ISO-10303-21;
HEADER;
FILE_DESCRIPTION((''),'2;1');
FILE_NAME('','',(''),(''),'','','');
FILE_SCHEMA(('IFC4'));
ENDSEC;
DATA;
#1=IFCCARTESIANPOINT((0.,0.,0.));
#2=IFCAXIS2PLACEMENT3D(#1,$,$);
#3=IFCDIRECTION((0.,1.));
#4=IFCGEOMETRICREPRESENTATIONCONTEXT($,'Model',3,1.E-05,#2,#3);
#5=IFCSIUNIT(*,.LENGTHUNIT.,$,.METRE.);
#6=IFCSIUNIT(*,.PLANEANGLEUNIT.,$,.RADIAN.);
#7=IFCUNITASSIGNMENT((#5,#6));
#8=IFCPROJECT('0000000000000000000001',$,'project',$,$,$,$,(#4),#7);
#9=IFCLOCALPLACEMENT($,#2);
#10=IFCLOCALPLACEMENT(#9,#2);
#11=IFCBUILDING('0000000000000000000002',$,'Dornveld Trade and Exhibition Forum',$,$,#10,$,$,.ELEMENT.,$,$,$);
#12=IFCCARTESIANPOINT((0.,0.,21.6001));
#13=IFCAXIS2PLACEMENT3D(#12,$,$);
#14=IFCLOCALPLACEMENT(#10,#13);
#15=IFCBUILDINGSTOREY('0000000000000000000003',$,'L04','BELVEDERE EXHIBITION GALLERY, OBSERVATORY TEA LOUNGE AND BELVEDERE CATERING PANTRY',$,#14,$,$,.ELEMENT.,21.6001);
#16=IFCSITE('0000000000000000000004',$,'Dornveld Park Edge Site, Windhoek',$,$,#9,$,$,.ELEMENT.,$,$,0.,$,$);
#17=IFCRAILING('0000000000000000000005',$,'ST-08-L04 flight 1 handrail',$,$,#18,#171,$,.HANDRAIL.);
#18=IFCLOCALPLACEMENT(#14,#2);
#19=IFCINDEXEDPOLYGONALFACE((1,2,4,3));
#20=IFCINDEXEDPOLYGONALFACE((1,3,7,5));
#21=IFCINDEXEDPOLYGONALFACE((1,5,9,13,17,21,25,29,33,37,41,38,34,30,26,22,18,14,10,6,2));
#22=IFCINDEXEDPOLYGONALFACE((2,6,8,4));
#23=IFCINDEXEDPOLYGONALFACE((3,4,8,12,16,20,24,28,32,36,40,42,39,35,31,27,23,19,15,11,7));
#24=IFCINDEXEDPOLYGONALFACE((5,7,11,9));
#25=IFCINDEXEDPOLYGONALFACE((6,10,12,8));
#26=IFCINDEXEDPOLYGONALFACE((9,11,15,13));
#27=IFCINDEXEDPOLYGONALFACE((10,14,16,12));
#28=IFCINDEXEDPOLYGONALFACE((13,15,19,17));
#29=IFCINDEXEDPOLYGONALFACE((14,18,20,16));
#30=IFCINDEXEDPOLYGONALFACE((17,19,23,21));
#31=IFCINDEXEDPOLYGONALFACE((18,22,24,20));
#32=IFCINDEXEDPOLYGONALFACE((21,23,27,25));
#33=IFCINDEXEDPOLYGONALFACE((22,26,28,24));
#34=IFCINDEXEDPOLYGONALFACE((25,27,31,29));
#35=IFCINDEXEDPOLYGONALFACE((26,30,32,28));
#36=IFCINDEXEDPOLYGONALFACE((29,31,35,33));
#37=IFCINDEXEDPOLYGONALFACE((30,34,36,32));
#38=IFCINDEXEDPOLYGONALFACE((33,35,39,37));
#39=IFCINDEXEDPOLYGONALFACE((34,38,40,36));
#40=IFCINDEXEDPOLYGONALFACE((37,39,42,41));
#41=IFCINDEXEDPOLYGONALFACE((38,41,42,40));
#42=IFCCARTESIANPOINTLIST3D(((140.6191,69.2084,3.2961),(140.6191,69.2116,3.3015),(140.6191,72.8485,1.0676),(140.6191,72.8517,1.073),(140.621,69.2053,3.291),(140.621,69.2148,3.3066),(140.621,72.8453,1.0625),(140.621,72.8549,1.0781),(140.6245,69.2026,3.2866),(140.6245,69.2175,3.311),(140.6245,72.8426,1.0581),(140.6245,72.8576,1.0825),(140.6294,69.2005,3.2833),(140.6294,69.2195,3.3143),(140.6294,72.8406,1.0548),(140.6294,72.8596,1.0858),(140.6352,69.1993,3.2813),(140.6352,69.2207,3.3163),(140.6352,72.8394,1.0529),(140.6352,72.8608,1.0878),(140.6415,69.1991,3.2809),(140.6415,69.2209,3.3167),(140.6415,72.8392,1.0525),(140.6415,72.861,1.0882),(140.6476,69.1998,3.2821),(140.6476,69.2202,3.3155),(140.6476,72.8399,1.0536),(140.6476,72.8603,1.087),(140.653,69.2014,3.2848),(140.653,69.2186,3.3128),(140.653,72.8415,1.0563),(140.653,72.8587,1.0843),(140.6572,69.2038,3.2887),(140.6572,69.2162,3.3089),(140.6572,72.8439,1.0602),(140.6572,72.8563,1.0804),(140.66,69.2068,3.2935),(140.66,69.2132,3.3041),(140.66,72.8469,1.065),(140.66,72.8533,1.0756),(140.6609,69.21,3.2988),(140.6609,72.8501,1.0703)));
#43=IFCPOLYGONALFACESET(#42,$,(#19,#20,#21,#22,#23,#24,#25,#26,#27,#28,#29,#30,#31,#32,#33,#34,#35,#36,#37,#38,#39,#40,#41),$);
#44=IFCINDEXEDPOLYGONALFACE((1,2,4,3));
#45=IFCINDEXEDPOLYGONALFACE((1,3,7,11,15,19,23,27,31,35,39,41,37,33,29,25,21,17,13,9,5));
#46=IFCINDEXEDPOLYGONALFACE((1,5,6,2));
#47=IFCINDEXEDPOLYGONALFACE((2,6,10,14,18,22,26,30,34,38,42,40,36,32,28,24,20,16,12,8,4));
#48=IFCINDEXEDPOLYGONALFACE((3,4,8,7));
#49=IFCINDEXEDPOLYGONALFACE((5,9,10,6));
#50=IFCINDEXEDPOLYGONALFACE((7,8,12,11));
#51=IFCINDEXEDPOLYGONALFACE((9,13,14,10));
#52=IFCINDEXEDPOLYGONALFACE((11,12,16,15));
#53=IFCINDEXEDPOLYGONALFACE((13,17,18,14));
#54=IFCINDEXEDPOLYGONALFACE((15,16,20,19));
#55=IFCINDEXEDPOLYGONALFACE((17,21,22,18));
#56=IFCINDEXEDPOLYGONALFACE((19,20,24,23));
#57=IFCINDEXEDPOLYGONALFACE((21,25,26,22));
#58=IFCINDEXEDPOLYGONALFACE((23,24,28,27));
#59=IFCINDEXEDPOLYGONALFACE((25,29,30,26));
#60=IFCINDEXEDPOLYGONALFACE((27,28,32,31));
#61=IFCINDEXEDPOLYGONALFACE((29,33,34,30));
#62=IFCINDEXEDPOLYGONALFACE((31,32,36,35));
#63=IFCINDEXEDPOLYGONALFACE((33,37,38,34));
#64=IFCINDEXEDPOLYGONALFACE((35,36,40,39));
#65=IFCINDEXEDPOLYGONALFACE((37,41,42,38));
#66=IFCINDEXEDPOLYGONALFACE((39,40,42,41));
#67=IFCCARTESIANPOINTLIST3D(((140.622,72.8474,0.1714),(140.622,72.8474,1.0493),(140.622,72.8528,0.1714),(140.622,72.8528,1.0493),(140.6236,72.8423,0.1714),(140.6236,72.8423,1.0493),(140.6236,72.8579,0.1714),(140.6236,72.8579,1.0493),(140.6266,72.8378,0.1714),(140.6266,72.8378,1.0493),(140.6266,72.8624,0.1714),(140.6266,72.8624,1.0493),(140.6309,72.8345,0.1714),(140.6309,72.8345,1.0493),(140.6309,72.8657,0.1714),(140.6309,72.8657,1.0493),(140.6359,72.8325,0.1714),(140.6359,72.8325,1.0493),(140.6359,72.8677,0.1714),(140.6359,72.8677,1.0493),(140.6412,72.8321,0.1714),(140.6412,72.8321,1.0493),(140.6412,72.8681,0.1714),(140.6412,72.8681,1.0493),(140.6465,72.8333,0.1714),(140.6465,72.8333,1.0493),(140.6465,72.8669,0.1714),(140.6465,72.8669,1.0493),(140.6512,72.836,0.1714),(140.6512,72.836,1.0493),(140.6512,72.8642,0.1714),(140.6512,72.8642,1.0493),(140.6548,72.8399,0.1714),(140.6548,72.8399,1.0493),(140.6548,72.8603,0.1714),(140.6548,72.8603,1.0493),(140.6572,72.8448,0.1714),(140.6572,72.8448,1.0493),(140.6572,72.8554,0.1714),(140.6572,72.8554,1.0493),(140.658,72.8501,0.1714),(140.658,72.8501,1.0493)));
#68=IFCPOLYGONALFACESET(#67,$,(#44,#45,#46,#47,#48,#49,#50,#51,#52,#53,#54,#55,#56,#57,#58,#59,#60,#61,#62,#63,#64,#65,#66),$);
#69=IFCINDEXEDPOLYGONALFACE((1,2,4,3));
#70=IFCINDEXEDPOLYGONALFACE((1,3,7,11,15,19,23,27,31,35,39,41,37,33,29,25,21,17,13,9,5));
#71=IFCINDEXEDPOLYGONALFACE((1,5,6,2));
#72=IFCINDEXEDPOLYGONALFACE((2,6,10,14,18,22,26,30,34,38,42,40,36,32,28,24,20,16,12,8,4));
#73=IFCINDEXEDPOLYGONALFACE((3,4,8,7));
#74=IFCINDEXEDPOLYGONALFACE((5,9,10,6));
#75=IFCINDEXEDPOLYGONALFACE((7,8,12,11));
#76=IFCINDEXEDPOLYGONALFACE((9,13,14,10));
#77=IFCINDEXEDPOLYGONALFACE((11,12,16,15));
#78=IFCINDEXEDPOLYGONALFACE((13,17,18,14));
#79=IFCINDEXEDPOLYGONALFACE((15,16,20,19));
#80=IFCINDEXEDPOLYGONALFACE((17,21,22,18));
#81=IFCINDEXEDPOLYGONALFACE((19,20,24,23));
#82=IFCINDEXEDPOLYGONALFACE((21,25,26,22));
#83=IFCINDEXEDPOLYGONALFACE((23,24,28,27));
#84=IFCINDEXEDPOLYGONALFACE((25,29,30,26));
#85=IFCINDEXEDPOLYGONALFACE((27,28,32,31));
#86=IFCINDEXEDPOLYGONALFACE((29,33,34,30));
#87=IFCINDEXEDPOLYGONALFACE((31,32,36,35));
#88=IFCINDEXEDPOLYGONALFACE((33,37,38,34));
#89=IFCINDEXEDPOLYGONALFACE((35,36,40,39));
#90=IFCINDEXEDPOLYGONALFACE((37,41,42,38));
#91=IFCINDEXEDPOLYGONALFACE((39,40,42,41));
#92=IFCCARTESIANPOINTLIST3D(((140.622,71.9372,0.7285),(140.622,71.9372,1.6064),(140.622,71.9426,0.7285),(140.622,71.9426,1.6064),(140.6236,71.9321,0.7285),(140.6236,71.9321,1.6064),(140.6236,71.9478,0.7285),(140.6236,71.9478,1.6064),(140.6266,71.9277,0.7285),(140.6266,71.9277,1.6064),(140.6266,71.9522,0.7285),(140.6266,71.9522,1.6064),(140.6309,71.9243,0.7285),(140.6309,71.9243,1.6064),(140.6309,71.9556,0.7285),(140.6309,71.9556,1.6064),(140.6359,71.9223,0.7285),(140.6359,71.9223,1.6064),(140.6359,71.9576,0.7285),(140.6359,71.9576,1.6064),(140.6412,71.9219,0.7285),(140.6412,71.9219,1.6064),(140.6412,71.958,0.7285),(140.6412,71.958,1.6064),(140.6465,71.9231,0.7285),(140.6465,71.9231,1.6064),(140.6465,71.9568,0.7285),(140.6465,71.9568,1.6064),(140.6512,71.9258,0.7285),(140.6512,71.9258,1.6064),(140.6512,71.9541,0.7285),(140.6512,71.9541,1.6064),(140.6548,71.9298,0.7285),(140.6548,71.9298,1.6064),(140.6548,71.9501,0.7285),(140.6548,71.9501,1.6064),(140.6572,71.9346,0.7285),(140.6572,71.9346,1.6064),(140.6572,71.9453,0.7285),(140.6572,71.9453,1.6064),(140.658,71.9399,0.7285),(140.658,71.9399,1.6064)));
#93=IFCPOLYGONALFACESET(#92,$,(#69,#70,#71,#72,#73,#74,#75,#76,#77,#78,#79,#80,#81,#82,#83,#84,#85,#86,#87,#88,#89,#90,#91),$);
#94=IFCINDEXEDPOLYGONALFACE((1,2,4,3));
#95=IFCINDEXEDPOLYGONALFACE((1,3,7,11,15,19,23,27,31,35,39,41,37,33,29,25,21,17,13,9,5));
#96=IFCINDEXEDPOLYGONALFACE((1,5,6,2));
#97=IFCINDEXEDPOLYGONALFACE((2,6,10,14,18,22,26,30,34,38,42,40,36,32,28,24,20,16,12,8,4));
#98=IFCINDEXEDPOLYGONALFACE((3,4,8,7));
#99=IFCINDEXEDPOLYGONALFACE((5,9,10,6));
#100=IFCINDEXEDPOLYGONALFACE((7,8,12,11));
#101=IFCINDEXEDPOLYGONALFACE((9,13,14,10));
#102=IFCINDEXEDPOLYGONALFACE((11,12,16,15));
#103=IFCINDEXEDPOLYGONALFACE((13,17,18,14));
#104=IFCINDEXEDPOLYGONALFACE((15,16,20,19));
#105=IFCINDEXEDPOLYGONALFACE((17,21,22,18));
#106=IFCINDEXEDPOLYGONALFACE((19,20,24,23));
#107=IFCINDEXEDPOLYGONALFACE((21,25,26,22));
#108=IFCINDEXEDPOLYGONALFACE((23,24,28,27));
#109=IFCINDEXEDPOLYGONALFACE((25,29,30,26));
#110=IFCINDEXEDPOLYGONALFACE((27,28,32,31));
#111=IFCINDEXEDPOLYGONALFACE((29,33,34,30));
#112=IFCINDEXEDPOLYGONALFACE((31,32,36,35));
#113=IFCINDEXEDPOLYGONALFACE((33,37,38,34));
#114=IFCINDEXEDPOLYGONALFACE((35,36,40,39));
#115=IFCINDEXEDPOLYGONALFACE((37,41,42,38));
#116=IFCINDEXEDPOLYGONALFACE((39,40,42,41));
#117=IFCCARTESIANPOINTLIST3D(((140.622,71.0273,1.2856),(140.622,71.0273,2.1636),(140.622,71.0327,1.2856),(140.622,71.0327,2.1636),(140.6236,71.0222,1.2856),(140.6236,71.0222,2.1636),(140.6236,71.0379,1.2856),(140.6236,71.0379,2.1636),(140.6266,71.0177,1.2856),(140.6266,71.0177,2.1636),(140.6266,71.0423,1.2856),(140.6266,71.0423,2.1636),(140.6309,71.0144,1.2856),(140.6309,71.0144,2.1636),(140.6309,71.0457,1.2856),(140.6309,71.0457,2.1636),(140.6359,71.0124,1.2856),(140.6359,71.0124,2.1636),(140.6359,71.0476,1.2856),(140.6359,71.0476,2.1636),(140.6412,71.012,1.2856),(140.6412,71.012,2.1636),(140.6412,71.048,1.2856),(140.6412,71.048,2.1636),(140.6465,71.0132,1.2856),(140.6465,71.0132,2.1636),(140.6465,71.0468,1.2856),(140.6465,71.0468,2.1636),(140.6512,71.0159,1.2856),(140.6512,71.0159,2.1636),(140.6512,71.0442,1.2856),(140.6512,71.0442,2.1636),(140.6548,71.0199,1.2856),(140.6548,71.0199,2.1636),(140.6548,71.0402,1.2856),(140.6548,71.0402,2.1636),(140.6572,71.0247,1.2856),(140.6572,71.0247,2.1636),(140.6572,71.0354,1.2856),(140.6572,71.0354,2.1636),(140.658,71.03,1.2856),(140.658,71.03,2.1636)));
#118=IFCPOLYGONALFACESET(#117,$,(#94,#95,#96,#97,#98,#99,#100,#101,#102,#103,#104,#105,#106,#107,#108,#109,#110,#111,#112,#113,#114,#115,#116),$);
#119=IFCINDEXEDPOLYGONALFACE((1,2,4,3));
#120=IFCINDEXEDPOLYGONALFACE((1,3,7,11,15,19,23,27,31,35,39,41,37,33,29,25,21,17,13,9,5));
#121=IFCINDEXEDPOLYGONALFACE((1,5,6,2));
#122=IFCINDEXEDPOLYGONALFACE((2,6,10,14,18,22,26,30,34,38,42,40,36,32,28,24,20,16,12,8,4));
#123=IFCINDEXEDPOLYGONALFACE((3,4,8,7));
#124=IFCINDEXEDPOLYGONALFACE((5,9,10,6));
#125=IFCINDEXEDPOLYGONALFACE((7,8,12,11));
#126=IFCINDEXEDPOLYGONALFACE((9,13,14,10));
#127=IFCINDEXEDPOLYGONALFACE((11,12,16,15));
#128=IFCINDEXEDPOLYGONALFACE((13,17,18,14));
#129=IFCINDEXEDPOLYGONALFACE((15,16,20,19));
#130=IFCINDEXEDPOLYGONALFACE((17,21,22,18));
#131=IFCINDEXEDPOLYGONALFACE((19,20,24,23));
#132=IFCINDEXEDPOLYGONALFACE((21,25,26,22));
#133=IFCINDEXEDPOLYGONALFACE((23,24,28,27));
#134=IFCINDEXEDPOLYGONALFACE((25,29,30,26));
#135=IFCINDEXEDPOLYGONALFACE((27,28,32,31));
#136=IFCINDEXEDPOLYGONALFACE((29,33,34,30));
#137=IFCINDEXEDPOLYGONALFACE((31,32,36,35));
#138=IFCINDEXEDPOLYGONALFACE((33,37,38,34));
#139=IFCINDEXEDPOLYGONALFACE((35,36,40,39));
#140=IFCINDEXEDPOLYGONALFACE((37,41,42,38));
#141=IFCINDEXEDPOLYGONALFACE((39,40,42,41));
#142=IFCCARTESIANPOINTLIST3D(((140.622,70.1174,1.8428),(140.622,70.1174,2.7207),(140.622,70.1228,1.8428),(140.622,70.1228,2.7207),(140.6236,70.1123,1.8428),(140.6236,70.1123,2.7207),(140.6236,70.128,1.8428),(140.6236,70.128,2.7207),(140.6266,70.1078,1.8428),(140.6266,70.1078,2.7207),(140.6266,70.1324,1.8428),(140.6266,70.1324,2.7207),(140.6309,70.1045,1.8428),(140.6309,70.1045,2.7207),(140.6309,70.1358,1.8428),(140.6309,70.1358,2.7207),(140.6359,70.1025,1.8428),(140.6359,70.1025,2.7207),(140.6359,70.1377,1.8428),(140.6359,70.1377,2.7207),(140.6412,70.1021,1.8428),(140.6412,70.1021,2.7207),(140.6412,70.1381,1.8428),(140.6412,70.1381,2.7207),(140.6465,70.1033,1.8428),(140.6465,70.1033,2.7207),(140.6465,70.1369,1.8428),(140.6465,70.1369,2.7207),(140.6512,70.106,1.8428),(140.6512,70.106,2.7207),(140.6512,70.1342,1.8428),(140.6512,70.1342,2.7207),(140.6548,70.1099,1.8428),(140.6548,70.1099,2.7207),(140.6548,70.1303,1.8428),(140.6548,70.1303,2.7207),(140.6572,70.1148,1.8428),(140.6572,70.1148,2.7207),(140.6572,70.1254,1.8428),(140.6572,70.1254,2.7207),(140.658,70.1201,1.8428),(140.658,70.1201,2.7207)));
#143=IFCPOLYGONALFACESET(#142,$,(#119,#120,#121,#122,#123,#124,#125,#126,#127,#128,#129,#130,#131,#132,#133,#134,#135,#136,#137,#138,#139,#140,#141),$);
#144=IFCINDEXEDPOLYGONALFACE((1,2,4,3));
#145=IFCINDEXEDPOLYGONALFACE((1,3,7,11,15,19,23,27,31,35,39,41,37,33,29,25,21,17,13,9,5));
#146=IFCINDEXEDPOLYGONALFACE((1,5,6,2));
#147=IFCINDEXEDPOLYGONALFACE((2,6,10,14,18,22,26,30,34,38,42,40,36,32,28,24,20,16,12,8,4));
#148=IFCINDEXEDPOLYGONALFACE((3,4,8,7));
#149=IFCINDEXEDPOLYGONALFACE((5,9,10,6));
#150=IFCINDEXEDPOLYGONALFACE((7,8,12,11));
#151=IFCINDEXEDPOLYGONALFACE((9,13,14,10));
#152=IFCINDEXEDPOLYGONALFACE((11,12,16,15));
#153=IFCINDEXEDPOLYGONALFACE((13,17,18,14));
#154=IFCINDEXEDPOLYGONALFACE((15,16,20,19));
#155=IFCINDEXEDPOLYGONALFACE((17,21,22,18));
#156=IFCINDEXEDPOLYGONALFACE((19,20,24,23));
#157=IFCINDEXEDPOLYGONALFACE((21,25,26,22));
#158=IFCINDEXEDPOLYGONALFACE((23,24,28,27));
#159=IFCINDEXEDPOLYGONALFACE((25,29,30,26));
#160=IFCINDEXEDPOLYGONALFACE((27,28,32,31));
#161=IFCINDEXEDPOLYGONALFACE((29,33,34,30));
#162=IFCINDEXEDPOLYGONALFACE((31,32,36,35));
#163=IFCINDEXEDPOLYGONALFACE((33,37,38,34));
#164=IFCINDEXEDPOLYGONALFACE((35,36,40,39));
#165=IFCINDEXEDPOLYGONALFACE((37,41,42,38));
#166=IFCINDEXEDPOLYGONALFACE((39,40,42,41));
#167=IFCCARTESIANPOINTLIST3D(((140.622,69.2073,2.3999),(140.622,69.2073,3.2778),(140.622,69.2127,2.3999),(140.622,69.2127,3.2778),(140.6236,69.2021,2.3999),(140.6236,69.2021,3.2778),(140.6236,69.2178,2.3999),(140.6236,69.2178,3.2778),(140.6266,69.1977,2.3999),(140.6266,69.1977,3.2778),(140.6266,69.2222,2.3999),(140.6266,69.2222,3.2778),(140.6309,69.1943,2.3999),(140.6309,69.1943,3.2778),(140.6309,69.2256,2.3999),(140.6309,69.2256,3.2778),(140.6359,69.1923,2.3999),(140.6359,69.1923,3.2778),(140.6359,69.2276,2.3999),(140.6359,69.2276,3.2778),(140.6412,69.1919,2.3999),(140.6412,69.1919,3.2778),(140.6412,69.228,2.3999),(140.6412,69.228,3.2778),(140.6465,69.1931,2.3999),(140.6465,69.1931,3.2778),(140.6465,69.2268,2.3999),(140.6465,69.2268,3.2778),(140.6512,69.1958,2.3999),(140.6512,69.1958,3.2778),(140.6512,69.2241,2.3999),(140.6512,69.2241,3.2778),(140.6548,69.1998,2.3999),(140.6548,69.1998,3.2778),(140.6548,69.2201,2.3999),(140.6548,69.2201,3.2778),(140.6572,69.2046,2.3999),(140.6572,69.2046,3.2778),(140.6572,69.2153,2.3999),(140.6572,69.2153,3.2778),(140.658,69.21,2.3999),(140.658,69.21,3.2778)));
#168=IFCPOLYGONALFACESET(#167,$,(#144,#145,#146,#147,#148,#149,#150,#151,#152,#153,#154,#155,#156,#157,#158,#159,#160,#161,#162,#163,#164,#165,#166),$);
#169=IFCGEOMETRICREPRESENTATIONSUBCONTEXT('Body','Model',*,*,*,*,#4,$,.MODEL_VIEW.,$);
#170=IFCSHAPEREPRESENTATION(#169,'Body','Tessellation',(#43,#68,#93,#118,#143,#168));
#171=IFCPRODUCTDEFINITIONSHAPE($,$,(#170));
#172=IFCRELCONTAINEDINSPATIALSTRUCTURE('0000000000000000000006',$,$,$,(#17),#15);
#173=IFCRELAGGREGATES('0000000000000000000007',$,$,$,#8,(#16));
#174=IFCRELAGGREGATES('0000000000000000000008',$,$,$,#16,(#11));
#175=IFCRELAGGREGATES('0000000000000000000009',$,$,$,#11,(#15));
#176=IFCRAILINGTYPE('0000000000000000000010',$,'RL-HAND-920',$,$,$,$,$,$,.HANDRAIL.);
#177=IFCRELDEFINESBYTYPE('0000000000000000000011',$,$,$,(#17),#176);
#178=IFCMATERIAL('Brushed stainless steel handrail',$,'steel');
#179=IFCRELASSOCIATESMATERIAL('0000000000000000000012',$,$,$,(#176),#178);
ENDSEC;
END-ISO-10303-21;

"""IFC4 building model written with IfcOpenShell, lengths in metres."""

from ifc_helpers import new_model, si_unit, direction, frame, origin, origin_2d, place, context, subcontext, project, spatial, circle, extrude, material, type_object, element, save


model = new_model("IFC4")

# Units and contexts
model_context = context("Model", 3, precision=1e-05, world=origin(), true_north=direction((0.0, 1.0)))
body_context = subcontext(model_context, "Body", "Model", "MODEL_VIEW")
ifc_project = project(units=[si_unit("LENGTHUNIT", "METRE"), si_unit("PLANEANGLEUNIT", "RADIAN")], contexts=[model_context])

# Site, building, storey
site_placement = place(None, origin())
site = spatial("IfcSite", under=ifc_project, at=site_placement, Name="Dornveld Park Edge Site, Windhoek", CompositionType="ELEMENT", RefElevation=0.0)
building_placement = place(site_placement, origin())
building = spatial("IfcBuilding", under=site, at=building_placement, Name="Dornveld Trade and Exhibition Forum", CompositionType="ELEMENT")
storey_placement = place(building_placement, frame((0.0, 0.0, 21.6001)))
storey = spatial("IfcBuildingStorey", under=building, at=storey_placement, Name="L04", Description="BELVEDERE EXHIBITION GALLERY, OBSERVATORY TEA LOUNGE AND BELVEDERE CATERING PANTRY", CompositionType="ELEMENT", Elevation=21.6001)

# Railing
ifc_material_1 = material(Name="Brushed stainless steel handrail", Category="steel")
railing_type_1 = type_object("IfcRailingType", Name="RL-HAND-920", PredefinedType="HANDRAIL", material=ifc_material_1)
railing_1_placement = place(storey_placement, frame((140.6399, 72.8501, 0.1714)))
element("IfcRailing", 1, at=railing_1_placement, inside=storey, type_object=railing_type_1, Name="ST-08-L04 flight 1 handrail", PredefinedType="HANDRAIL", context=body_context, shape_type="SweptSolid", body=[
    extrude(circle(Radius=0.021, at=origin_2d()), frame((0.0, 0.0, 0.8989), z_axis=(0.0, -0.852866, 0.52213), x_axis=(1.0, 0.0, 0.0)), (0.0, 0.0, 1.0), 4.2681),
    extrude(circle(Radius=0.0181, at=origin_2d()), origin(), (0.0, 0.0, 1.0), 0.8779),
    extrude(circle(Radius=0.0181, at=origin_2d()), frame((0.0, -0.9102, 0.5571)), (0.0, 0.0, 1.0), 0.8779),
    extrude(circle(Radius=0.0181, at=origin_2d()), frame((0.0, -1.8201, 1.1143)), (0.0, 0.0, 1.0), 0.8779),
    extrude(circle(Radius=0.0181, at=origin_2d()), frame((0.0, -2.73, 1.6714)), (0.0, 0.0, 1.0), 0.8779),
    extrude(circle(Radius=0.0181, at=origin_2d()), frame((0.0, -3.6401, 2.2285)), (0.0, 0.0, 1.0), 0.8779),
])

save(model, "model.ifc")
